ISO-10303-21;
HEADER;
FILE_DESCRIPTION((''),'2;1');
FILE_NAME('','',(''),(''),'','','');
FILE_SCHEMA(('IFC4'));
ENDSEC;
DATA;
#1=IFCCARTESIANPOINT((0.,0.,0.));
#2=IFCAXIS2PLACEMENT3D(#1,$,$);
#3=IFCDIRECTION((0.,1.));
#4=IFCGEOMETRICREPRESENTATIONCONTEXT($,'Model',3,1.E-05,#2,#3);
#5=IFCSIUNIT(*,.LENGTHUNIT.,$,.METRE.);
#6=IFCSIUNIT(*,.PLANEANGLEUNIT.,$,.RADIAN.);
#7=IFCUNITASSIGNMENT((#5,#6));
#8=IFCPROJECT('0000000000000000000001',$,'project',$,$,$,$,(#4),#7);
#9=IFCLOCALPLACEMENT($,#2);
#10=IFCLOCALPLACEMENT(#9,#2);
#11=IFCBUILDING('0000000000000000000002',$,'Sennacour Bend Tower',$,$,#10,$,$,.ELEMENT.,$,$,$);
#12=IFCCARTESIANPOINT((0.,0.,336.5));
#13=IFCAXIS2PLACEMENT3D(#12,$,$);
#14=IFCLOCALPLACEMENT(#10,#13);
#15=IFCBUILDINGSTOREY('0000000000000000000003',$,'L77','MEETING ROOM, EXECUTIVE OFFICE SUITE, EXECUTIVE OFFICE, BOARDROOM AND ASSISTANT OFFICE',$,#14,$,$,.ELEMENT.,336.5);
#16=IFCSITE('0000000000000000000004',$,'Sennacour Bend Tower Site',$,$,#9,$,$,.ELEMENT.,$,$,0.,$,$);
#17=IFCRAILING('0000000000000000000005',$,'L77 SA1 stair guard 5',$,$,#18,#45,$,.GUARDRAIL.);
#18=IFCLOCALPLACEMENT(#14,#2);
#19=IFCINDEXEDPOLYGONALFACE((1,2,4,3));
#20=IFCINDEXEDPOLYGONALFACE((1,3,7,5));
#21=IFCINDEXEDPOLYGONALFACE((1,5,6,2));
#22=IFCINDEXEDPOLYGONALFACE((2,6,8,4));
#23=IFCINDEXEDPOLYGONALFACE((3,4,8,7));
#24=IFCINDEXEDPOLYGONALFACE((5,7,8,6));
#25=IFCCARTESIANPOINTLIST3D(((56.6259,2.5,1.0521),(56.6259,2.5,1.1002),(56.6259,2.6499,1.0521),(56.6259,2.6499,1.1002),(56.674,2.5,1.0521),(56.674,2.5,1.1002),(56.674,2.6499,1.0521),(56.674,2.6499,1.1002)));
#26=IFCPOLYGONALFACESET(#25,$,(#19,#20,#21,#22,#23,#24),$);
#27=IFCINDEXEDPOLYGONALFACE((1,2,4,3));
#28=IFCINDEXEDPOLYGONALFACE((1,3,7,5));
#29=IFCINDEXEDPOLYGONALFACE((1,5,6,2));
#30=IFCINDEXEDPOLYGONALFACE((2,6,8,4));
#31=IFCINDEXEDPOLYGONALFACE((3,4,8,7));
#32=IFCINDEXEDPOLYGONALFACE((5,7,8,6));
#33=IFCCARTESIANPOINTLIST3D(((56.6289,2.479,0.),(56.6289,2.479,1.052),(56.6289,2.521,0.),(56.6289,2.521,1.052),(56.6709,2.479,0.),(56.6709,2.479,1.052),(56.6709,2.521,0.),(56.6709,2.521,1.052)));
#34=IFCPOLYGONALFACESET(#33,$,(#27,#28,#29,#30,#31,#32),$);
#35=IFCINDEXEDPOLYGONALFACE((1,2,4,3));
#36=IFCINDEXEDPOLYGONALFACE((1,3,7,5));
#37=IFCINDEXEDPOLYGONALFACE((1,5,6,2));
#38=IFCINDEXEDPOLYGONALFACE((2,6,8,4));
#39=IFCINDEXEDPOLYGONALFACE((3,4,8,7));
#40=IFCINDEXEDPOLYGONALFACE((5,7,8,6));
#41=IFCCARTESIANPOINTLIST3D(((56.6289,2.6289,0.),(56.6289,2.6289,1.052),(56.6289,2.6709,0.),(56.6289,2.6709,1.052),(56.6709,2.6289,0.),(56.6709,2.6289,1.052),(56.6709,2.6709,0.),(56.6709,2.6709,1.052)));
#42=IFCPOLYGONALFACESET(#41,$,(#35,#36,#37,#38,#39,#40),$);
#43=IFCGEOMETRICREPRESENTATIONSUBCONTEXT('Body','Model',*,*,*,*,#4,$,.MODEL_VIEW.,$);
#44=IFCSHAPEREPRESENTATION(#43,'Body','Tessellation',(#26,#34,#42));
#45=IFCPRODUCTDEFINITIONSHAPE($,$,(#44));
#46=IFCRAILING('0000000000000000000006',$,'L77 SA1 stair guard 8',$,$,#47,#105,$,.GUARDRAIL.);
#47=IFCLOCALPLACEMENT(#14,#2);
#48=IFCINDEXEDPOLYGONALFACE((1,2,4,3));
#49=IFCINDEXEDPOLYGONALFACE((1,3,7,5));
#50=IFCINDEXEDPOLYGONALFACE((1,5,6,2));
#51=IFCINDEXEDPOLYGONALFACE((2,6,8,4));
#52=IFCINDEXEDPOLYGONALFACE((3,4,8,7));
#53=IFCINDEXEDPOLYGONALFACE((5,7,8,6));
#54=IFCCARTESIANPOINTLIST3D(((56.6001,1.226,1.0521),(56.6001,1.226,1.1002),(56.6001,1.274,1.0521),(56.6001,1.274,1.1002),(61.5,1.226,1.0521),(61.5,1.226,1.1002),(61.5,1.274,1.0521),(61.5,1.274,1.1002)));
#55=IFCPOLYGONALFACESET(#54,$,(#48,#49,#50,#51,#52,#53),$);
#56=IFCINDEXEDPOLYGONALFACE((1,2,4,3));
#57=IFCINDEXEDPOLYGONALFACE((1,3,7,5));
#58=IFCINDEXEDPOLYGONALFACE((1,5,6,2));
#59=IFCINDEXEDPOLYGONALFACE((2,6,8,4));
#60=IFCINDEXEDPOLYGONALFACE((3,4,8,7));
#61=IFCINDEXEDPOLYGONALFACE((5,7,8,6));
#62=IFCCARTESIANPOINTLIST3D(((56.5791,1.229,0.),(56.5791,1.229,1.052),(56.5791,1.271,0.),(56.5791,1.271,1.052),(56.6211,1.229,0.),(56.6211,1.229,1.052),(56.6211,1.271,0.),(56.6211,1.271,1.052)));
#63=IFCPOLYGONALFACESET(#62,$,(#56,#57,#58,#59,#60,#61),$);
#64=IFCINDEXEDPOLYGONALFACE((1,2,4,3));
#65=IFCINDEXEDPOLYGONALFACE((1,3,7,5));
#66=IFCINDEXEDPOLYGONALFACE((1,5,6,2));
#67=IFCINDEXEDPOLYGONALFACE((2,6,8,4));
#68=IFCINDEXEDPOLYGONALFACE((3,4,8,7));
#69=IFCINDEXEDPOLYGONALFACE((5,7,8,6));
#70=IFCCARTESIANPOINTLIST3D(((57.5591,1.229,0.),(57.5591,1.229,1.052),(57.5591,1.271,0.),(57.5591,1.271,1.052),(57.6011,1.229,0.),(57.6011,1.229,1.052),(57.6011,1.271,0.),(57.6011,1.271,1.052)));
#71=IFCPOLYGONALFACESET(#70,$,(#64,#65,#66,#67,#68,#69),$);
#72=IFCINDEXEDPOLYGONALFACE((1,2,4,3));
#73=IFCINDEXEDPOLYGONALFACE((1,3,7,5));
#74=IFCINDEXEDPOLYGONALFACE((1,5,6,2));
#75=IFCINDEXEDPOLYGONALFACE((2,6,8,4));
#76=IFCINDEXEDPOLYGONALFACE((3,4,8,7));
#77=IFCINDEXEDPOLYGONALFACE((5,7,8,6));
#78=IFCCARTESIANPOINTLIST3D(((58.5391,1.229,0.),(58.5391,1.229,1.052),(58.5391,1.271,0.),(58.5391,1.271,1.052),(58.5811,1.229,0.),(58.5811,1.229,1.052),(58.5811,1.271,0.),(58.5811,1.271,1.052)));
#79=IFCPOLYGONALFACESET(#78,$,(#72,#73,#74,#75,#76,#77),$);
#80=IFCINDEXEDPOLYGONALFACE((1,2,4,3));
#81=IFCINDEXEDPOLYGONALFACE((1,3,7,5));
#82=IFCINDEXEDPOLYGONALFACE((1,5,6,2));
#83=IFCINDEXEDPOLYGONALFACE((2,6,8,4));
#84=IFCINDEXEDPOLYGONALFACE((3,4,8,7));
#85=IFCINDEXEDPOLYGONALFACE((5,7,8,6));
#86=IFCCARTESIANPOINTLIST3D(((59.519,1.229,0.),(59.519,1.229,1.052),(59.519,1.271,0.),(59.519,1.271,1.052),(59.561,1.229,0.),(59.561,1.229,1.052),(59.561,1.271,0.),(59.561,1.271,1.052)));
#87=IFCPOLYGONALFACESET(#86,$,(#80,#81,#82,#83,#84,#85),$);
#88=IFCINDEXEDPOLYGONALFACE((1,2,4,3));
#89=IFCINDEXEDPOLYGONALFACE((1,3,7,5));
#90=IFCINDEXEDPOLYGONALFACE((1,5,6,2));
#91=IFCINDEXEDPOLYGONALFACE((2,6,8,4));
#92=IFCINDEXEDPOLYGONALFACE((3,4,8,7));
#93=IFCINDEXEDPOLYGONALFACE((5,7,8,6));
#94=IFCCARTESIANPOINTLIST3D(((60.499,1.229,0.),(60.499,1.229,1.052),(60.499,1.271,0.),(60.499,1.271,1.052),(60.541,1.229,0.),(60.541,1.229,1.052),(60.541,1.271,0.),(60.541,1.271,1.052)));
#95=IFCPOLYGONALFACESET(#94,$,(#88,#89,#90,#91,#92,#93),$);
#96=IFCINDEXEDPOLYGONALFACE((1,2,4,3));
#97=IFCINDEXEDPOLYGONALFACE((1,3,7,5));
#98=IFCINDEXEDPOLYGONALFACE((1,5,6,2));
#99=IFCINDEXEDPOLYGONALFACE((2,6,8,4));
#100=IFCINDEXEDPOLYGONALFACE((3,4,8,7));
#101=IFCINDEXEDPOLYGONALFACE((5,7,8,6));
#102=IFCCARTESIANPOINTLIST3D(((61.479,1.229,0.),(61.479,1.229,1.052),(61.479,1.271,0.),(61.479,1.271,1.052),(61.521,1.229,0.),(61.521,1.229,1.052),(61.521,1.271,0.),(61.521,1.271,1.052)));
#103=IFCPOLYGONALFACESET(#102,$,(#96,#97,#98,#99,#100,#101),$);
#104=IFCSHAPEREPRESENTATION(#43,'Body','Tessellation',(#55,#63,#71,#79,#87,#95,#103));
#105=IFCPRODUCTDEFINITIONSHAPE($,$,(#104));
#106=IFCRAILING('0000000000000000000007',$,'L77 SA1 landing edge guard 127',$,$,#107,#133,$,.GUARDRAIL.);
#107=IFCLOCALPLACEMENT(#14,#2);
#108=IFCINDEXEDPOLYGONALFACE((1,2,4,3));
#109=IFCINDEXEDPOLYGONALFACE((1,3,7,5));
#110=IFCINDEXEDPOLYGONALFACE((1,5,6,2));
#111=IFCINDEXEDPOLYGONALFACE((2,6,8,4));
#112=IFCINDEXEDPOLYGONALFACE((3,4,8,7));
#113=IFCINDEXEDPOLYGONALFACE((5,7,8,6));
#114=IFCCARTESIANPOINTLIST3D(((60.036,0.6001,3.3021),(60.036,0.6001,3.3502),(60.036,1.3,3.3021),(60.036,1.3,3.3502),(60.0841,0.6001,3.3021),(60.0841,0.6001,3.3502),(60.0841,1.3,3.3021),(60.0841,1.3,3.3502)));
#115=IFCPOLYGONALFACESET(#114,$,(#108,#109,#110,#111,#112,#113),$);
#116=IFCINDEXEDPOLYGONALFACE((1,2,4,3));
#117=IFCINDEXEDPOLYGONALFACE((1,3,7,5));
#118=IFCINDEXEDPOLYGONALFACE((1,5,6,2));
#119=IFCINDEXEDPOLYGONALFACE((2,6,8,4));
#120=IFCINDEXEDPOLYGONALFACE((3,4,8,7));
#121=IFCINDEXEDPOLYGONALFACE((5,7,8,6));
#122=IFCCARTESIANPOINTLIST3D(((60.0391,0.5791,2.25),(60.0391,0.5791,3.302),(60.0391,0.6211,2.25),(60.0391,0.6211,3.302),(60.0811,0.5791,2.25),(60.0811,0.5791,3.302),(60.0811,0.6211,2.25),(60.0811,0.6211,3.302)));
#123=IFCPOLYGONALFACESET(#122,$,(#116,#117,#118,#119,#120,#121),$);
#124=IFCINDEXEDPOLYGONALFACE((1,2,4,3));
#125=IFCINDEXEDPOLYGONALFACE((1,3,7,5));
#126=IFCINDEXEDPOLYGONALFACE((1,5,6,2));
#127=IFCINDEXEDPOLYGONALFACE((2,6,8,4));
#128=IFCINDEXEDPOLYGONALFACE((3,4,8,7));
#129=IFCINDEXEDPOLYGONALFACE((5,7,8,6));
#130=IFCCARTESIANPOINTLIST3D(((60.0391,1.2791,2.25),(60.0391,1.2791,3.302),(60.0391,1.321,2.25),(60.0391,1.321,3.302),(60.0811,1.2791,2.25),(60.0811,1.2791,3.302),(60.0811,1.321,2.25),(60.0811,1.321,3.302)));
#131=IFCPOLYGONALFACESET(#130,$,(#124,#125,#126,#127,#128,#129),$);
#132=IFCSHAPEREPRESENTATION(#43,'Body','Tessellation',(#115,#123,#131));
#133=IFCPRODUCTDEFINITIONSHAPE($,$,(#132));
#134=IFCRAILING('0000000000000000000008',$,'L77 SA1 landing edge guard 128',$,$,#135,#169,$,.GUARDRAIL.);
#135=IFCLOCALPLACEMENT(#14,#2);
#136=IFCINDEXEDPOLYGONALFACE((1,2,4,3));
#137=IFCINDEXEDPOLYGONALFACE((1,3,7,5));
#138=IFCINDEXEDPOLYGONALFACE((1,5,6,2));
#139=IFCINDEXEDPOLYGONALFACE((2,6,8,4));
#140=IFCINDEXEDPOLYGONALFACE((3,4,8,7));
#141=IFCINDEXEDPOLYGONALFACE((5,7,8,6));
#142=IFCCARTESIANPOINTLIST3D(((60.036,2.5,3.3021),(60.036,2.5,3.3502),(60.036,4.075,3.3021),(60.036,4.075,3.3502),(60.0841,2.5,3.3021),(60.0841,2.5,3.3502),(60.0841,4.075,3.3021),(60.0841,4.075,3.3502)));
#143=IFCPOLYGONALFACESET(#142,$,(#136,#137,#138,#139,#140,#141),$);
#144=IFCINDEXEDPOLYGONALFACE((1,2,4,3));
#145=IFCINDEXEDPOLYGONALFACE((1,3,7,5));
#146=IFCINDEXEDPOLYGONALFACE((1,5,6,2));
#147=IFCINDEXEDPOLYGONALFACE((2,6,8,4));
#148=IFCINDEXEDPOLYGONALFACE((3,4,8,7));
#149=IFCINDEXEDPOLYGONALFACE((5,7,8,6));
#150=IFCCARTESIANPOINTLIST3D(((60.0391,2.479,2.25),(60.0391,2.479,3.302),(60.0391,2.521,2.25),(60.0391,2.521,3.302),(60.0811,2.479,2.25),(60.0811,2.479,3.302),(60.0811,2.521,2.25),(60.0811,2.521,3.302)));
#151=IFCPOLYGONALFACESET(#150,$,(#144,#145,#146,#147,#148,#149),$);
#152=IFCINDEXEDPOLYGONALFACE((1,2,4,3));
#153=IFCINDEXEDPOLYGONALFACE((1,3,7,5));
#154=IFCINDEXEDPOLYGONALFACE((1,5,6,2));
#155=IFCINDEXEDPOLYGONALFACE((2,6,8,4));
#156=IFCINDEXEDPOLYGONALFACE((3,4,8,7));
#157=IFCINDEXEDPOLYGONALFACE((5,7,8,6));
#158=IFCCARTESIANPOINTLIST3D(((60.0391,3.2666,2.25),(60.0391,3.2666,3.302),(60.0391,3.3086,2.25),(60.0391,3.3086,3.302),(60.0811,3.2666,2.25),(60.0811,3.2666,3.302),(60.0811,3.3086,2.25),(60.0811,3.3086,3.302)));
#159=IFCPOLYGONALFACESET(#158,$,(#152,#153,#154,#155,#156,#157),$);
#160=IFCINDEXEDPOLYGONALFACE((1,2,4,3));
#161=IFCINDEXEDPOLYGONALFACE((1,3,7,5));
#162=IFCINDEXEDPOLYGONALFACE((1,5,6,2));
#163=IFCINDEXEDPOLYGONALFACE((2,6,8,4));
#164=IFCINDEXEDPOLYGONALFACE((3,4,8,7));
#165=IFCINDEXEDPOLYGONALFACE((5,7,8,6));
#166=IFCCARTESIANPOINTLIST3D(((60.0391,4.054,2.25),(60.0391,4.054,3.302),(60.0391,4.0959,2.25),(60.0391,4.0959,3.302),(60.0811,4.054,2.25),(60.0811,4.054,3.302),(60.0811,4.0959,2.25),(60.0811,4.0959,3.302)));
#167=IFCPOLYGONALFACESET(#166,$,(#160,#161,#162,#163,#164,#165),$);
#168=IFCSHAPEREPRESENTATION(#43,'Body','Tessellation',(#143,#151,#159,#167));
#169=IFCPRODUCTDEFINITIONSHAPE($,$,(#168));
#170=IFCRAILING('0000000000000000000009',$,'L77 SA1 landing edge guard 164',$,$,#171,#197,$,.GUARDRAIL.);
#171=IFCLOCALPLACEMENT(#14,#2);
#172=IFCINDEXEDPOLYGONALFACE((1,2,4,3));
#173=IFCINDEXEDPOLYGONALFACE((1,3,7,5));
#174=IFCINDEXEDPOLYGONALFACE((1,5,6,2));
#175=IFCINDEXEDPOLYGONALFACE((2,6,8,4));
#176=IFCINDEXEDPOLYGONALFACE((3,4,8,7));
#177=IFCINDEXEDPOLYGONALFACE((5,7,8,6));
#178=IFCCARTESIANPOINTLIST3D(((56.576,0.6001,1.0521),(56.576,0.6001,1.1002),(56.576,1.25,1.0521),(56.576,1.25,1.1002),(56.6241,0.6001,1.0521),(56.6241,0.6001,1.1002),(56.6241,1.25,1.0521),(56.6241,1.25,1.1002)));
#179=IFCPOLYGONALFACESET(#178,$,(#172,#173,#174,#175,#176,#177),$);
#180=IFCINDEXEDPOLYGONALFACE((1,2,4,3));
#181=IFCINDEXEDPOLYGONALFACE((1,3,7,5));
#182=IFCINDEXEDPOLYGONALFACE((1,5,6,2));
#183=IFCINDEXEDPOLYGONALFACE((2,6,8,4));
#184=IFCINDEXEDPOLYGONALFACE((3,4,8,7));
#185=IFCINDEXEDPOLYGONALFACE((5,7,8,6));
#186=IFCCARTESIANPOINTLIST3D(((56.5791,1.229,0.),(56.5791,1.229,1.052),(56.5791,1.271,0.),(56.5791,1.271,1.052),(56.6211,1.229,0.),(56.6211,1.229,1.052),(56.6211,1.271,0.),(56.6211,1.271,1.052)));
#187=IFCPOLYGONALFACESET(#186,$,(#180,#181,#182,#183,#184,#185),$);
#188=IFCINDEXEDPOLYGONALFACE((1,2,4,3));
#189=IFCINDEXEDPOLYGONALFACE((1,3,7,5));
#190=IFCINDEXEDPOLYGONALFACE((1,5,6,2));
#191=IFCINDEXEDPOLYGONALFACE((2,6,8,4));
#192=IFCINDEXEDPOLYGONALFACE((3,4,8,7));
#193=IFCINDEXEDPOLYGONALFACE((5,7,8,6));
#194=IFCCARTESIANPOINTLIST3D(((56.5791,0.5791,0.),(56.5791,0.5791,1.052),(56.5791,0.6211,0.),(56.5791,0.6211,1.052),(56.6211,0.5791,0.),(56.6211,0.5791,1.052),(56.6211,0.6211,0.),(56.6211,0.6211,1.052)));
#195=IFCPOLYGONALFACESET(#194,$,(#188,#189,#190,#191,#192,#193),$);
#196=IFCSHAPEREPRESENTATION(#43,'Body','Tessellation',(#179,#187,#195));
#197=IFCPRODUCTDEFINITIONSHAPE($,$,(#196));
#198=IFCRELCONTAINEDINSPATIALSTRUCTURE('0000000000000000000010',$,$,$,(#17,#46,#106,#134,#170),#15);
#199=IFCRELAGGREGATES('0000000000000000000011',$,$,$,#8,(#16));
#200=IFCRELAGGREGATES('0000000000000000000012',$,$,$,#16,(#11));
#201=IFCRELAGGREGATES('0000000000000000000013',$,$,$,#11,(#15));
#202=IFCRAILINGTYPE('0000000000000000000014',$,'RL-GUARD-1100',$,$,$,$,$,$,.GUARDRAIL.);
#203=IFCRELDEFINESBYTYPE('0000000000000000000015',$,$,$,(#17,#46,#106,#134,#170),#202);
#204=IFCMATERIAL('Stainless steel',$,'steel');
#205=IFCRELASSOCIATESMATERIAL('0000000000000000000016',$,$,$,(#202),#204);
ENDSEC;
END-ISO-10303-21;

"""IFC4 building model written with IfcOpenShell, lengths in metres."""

from ifc_helpers import new_model, si_unit, direction, frame, origin, origin_2d, place, context, subcontext, project, spatial, rectangle, extrude, material, type_object, element, save


model = new_model("IFC4")

# Units and contexts
model_context = context("Model", 3, precision=1e-05, world=origin(), true_north=direction((0.0, 1.0)))
body_context = subcontext(model_context, "Body", "Model", "MODEL_VIEW")
ifc_project = project(units=[si_unit("LENGTHUNIT", "METRE"), si_unit("PLANEANGLEUNIT", "RADIAN")], contexts=[model_context])

# Site, building, storey
site_placement = place(None, origin())
site = spatial("IfcSite", under=ifc_project, at=site_placement, Name="Sennacour Bend Tower Site", CompositionType="ELEMENT", RefElevation=0.0)
building_placement = place(site_placement, origin())
building = spatial("IfcBuilding", under=site, at=building_placement, Name="Sennacour Bend Tower", CompositionType="ELEMENT")
storey_placement = place(building_placement, frame((0.0, 0.0, 336.5)))
storey = spatial("IfcBuildingStorey", under=building, at=storey_placement, Name="L77", Description="MEETING ROOM, EXECUTIVE OFFICE SUITE, EXECUTIVE OFFICE, BOARDROOM AND ASSISTANT OFFICE", CompositionType="ELEMENT", Elevation=336.5)

# Shared definitions
ifc_material_1 = material(Name="Stainless steel", Category="steel")

# Railings
railing_type_1 = type_object("IfcRailingType", Name="RL-GUARD-1100", PredefinedType="GUARDRAIL", material=ifc_material_1)
railing_1_placement = place(storey_placement, frame((56.6499, 2.5, 0.0)))
element("IfcRailing", 1, at=railing_1_placement, inside=storey, type_object=railing_type_1, Name="L77 SA1 stair guard 5", PredefinedType="GUARDRAIL", context=body_context, shape_type="SweptSolid", body=[
    extrude(rectangle(XDim=0.0481, YDim=0.0481, at=origin_2d()), frame((0.0, 0.0, 1.0762), z_axis=(0.0, 1.0, 0.0), x_axis=(-1.0, 0.0, 0.0)), (0.0, 0.0, 1.0), 0.1499),
    extrude(rectangle(XDim=0.042, YDim=0.042, at=origin_2d()), origin(), (0.0, 0.0, 1.0), 1.052),
    extrude(rectangle(XDim=0.042, YDim=0.042, at=origin_2d()), frame((0.0, 0.1499, 0.0)), (0.0, 0.0, 1.0), 1.052),
])
railing_2_placement = place(storey_placement, frame((56.6001, 1.25, 0.0)))
element("IfcRailing", 2, at=railing_2_placement, inside=storey, type_object=railing_type_1, Name="L77 SA1 stair guard 8", PredefinedType="GUARDRAIL", context=body_context, shape_type="SweptSolid", body=[
    extrude(rectangle(XDim=0.0481, YDim=0.0481, at=origin_2d()), frame((0.0, 0.0, 1.0762), z_axis=(1.0, 0.0, 0.0), x_axis=(0.0, 1.0, 0.0)), (0.0, 0.0, 1.0), 4.8999),
    extrude(rectangle(XDim=0.042, YDim=0.042, at=origin_2d()), origin(), (0.0, 0.0, 1.0), 1.052),
    extrude(rectangle(XDim=0.042, YDim=0.042, at=origin_2d()), frame((0.98, 0.0, 0.0)), (0.0, 0.0, 1.0), 1.052),
    extrude(rectangle(XDim=0.042, YDim=0.042, at=origin_2d()), frame((1.96, 0.0, 0.0)), (0.0, 0.0, 1.0), 1.052),
    extrude(rectangle(XDim=0.042, YDim=0.042, at=origin_2d()), frame((2.9399, 0.0, 0.0)), (0.0, 0.0, 1.0), 1.052),
    extrude(rectangle(XDim=0.042, YDim=0.042, at=origin_2d()), frame((3.9199, 0.0, 0.0)), (0.0, 0.0, 1.0), 1.052),
    extrude(rectangle(XDim=0.042, YDim=0.042, at=origin_2d()), frame((4.8999, 0.0, 0.0)), (0.0, 0.0, 1.0), 1.052),
])
railing_3_placement = place(storey_placement, frame((60.0601, 0.6001, 2.25)))
element("IfcRailing", 3, at=railing_3_placement, inside=storey, type_object=railing_type_1, Name="L77 SA1 landing edge guard 127", PredefinedType="GUARDRAIL", context=body_context, shape_type="SweptSolid", body=[
    extrude(rectangle(XDim=0.0481, YDim=0.0481, at=origin_2d()), frame((0.0, 0.0, 1.0762), z_axis=(0.0, 1.0, 0.0), x_axis=(-1.0, 0.0, 0.0)), (0.0, 0.0, 1.0), 0.7),
    extrude(rectangle(XDim=0.042, YDim=0.042, at=origin_2d()), origin(), (0.0, 0.0, 1.0), 1.052),
    extrude(rectangle(XDim=0.042, YDim=0.042, at=origin_2d()), frame((0.0, 0.7, 0.0)), (0.0, 0.0, 1.0), 1.052),
])
railing_4_placement = place(storey_placement, frame((60.0601, 2.5, 2.25)))
element("IfcRailing", 4, at=railing_4_placement, inside=storey, type_object=railing_type_1, Name="L77 SA1 landing edge guard 128", PredefinedType="GUARDRAIL", context=body_context, shape_type="SweptSolid", body=[
    extrude(rectangle(XDim=0.0481, YDim=0.0481, at=origin_2d()), frame((0.0, 0.0, 1.0762), z_axis=(0.0, 1.0, 0.0), x_axis=(-1.0, 0.0, 0.0)), (0.0, 0.0, 1.0), 1.575),
    extrude(rectangle(XDim=0.042, YDim=0.042, at=origin_2d()), origin(), (0.0, 0.0, 1.0), 1.052),
    extrude(rectangle(XDim=0.042, YDim=0.042, at=origin_2d()), frame((0.0, 0.7876, 0.0)), (0.0, 0.0, 1.0), 1.052),
    extrude(rectangle(XDim=0.042, YDim=0.042, at=origin_2d()), frame((0.0, 1.575, 0.0)), (0.0, 0.0, 1.0), 1.052),
])
railing_5_placement = place(storey_placement, frame((56.6001, 1.25, 0.0)))
element("IfcRailing", 5, at=railing_5_placement, inside=storey, type_object=railing_type_1, Name="L77 SA1 landing edge guard 164", PredefinedType="GUARDRAIL", context=body_context, shape_type="SweptSolid", body=[
    extrude(rectangle(XDim=0.0481, YDim=0.0481, at=origin_2d()), frame((0.0, 0.0, 1.0762), z_axis=(0.0, -1.0, 0.0), x_axis=(1.0, 0.0, 0.0)), (0.0, 0.0, 1.0), 0.6499),
    extrude(rectangle(XDim=0.042, YDim=0.042, at=origin_2d()), origin(), (0.0, 0.0, 1.0), 1.052),
    extrude(rectangle(XDim=0.042, YDim=0.042, at=origin_2d()), frame((0.0, -0.6499, 0.0)), (0.0, 0.0, 1.0), 1.052),
])

save(model, "model.ifc")
